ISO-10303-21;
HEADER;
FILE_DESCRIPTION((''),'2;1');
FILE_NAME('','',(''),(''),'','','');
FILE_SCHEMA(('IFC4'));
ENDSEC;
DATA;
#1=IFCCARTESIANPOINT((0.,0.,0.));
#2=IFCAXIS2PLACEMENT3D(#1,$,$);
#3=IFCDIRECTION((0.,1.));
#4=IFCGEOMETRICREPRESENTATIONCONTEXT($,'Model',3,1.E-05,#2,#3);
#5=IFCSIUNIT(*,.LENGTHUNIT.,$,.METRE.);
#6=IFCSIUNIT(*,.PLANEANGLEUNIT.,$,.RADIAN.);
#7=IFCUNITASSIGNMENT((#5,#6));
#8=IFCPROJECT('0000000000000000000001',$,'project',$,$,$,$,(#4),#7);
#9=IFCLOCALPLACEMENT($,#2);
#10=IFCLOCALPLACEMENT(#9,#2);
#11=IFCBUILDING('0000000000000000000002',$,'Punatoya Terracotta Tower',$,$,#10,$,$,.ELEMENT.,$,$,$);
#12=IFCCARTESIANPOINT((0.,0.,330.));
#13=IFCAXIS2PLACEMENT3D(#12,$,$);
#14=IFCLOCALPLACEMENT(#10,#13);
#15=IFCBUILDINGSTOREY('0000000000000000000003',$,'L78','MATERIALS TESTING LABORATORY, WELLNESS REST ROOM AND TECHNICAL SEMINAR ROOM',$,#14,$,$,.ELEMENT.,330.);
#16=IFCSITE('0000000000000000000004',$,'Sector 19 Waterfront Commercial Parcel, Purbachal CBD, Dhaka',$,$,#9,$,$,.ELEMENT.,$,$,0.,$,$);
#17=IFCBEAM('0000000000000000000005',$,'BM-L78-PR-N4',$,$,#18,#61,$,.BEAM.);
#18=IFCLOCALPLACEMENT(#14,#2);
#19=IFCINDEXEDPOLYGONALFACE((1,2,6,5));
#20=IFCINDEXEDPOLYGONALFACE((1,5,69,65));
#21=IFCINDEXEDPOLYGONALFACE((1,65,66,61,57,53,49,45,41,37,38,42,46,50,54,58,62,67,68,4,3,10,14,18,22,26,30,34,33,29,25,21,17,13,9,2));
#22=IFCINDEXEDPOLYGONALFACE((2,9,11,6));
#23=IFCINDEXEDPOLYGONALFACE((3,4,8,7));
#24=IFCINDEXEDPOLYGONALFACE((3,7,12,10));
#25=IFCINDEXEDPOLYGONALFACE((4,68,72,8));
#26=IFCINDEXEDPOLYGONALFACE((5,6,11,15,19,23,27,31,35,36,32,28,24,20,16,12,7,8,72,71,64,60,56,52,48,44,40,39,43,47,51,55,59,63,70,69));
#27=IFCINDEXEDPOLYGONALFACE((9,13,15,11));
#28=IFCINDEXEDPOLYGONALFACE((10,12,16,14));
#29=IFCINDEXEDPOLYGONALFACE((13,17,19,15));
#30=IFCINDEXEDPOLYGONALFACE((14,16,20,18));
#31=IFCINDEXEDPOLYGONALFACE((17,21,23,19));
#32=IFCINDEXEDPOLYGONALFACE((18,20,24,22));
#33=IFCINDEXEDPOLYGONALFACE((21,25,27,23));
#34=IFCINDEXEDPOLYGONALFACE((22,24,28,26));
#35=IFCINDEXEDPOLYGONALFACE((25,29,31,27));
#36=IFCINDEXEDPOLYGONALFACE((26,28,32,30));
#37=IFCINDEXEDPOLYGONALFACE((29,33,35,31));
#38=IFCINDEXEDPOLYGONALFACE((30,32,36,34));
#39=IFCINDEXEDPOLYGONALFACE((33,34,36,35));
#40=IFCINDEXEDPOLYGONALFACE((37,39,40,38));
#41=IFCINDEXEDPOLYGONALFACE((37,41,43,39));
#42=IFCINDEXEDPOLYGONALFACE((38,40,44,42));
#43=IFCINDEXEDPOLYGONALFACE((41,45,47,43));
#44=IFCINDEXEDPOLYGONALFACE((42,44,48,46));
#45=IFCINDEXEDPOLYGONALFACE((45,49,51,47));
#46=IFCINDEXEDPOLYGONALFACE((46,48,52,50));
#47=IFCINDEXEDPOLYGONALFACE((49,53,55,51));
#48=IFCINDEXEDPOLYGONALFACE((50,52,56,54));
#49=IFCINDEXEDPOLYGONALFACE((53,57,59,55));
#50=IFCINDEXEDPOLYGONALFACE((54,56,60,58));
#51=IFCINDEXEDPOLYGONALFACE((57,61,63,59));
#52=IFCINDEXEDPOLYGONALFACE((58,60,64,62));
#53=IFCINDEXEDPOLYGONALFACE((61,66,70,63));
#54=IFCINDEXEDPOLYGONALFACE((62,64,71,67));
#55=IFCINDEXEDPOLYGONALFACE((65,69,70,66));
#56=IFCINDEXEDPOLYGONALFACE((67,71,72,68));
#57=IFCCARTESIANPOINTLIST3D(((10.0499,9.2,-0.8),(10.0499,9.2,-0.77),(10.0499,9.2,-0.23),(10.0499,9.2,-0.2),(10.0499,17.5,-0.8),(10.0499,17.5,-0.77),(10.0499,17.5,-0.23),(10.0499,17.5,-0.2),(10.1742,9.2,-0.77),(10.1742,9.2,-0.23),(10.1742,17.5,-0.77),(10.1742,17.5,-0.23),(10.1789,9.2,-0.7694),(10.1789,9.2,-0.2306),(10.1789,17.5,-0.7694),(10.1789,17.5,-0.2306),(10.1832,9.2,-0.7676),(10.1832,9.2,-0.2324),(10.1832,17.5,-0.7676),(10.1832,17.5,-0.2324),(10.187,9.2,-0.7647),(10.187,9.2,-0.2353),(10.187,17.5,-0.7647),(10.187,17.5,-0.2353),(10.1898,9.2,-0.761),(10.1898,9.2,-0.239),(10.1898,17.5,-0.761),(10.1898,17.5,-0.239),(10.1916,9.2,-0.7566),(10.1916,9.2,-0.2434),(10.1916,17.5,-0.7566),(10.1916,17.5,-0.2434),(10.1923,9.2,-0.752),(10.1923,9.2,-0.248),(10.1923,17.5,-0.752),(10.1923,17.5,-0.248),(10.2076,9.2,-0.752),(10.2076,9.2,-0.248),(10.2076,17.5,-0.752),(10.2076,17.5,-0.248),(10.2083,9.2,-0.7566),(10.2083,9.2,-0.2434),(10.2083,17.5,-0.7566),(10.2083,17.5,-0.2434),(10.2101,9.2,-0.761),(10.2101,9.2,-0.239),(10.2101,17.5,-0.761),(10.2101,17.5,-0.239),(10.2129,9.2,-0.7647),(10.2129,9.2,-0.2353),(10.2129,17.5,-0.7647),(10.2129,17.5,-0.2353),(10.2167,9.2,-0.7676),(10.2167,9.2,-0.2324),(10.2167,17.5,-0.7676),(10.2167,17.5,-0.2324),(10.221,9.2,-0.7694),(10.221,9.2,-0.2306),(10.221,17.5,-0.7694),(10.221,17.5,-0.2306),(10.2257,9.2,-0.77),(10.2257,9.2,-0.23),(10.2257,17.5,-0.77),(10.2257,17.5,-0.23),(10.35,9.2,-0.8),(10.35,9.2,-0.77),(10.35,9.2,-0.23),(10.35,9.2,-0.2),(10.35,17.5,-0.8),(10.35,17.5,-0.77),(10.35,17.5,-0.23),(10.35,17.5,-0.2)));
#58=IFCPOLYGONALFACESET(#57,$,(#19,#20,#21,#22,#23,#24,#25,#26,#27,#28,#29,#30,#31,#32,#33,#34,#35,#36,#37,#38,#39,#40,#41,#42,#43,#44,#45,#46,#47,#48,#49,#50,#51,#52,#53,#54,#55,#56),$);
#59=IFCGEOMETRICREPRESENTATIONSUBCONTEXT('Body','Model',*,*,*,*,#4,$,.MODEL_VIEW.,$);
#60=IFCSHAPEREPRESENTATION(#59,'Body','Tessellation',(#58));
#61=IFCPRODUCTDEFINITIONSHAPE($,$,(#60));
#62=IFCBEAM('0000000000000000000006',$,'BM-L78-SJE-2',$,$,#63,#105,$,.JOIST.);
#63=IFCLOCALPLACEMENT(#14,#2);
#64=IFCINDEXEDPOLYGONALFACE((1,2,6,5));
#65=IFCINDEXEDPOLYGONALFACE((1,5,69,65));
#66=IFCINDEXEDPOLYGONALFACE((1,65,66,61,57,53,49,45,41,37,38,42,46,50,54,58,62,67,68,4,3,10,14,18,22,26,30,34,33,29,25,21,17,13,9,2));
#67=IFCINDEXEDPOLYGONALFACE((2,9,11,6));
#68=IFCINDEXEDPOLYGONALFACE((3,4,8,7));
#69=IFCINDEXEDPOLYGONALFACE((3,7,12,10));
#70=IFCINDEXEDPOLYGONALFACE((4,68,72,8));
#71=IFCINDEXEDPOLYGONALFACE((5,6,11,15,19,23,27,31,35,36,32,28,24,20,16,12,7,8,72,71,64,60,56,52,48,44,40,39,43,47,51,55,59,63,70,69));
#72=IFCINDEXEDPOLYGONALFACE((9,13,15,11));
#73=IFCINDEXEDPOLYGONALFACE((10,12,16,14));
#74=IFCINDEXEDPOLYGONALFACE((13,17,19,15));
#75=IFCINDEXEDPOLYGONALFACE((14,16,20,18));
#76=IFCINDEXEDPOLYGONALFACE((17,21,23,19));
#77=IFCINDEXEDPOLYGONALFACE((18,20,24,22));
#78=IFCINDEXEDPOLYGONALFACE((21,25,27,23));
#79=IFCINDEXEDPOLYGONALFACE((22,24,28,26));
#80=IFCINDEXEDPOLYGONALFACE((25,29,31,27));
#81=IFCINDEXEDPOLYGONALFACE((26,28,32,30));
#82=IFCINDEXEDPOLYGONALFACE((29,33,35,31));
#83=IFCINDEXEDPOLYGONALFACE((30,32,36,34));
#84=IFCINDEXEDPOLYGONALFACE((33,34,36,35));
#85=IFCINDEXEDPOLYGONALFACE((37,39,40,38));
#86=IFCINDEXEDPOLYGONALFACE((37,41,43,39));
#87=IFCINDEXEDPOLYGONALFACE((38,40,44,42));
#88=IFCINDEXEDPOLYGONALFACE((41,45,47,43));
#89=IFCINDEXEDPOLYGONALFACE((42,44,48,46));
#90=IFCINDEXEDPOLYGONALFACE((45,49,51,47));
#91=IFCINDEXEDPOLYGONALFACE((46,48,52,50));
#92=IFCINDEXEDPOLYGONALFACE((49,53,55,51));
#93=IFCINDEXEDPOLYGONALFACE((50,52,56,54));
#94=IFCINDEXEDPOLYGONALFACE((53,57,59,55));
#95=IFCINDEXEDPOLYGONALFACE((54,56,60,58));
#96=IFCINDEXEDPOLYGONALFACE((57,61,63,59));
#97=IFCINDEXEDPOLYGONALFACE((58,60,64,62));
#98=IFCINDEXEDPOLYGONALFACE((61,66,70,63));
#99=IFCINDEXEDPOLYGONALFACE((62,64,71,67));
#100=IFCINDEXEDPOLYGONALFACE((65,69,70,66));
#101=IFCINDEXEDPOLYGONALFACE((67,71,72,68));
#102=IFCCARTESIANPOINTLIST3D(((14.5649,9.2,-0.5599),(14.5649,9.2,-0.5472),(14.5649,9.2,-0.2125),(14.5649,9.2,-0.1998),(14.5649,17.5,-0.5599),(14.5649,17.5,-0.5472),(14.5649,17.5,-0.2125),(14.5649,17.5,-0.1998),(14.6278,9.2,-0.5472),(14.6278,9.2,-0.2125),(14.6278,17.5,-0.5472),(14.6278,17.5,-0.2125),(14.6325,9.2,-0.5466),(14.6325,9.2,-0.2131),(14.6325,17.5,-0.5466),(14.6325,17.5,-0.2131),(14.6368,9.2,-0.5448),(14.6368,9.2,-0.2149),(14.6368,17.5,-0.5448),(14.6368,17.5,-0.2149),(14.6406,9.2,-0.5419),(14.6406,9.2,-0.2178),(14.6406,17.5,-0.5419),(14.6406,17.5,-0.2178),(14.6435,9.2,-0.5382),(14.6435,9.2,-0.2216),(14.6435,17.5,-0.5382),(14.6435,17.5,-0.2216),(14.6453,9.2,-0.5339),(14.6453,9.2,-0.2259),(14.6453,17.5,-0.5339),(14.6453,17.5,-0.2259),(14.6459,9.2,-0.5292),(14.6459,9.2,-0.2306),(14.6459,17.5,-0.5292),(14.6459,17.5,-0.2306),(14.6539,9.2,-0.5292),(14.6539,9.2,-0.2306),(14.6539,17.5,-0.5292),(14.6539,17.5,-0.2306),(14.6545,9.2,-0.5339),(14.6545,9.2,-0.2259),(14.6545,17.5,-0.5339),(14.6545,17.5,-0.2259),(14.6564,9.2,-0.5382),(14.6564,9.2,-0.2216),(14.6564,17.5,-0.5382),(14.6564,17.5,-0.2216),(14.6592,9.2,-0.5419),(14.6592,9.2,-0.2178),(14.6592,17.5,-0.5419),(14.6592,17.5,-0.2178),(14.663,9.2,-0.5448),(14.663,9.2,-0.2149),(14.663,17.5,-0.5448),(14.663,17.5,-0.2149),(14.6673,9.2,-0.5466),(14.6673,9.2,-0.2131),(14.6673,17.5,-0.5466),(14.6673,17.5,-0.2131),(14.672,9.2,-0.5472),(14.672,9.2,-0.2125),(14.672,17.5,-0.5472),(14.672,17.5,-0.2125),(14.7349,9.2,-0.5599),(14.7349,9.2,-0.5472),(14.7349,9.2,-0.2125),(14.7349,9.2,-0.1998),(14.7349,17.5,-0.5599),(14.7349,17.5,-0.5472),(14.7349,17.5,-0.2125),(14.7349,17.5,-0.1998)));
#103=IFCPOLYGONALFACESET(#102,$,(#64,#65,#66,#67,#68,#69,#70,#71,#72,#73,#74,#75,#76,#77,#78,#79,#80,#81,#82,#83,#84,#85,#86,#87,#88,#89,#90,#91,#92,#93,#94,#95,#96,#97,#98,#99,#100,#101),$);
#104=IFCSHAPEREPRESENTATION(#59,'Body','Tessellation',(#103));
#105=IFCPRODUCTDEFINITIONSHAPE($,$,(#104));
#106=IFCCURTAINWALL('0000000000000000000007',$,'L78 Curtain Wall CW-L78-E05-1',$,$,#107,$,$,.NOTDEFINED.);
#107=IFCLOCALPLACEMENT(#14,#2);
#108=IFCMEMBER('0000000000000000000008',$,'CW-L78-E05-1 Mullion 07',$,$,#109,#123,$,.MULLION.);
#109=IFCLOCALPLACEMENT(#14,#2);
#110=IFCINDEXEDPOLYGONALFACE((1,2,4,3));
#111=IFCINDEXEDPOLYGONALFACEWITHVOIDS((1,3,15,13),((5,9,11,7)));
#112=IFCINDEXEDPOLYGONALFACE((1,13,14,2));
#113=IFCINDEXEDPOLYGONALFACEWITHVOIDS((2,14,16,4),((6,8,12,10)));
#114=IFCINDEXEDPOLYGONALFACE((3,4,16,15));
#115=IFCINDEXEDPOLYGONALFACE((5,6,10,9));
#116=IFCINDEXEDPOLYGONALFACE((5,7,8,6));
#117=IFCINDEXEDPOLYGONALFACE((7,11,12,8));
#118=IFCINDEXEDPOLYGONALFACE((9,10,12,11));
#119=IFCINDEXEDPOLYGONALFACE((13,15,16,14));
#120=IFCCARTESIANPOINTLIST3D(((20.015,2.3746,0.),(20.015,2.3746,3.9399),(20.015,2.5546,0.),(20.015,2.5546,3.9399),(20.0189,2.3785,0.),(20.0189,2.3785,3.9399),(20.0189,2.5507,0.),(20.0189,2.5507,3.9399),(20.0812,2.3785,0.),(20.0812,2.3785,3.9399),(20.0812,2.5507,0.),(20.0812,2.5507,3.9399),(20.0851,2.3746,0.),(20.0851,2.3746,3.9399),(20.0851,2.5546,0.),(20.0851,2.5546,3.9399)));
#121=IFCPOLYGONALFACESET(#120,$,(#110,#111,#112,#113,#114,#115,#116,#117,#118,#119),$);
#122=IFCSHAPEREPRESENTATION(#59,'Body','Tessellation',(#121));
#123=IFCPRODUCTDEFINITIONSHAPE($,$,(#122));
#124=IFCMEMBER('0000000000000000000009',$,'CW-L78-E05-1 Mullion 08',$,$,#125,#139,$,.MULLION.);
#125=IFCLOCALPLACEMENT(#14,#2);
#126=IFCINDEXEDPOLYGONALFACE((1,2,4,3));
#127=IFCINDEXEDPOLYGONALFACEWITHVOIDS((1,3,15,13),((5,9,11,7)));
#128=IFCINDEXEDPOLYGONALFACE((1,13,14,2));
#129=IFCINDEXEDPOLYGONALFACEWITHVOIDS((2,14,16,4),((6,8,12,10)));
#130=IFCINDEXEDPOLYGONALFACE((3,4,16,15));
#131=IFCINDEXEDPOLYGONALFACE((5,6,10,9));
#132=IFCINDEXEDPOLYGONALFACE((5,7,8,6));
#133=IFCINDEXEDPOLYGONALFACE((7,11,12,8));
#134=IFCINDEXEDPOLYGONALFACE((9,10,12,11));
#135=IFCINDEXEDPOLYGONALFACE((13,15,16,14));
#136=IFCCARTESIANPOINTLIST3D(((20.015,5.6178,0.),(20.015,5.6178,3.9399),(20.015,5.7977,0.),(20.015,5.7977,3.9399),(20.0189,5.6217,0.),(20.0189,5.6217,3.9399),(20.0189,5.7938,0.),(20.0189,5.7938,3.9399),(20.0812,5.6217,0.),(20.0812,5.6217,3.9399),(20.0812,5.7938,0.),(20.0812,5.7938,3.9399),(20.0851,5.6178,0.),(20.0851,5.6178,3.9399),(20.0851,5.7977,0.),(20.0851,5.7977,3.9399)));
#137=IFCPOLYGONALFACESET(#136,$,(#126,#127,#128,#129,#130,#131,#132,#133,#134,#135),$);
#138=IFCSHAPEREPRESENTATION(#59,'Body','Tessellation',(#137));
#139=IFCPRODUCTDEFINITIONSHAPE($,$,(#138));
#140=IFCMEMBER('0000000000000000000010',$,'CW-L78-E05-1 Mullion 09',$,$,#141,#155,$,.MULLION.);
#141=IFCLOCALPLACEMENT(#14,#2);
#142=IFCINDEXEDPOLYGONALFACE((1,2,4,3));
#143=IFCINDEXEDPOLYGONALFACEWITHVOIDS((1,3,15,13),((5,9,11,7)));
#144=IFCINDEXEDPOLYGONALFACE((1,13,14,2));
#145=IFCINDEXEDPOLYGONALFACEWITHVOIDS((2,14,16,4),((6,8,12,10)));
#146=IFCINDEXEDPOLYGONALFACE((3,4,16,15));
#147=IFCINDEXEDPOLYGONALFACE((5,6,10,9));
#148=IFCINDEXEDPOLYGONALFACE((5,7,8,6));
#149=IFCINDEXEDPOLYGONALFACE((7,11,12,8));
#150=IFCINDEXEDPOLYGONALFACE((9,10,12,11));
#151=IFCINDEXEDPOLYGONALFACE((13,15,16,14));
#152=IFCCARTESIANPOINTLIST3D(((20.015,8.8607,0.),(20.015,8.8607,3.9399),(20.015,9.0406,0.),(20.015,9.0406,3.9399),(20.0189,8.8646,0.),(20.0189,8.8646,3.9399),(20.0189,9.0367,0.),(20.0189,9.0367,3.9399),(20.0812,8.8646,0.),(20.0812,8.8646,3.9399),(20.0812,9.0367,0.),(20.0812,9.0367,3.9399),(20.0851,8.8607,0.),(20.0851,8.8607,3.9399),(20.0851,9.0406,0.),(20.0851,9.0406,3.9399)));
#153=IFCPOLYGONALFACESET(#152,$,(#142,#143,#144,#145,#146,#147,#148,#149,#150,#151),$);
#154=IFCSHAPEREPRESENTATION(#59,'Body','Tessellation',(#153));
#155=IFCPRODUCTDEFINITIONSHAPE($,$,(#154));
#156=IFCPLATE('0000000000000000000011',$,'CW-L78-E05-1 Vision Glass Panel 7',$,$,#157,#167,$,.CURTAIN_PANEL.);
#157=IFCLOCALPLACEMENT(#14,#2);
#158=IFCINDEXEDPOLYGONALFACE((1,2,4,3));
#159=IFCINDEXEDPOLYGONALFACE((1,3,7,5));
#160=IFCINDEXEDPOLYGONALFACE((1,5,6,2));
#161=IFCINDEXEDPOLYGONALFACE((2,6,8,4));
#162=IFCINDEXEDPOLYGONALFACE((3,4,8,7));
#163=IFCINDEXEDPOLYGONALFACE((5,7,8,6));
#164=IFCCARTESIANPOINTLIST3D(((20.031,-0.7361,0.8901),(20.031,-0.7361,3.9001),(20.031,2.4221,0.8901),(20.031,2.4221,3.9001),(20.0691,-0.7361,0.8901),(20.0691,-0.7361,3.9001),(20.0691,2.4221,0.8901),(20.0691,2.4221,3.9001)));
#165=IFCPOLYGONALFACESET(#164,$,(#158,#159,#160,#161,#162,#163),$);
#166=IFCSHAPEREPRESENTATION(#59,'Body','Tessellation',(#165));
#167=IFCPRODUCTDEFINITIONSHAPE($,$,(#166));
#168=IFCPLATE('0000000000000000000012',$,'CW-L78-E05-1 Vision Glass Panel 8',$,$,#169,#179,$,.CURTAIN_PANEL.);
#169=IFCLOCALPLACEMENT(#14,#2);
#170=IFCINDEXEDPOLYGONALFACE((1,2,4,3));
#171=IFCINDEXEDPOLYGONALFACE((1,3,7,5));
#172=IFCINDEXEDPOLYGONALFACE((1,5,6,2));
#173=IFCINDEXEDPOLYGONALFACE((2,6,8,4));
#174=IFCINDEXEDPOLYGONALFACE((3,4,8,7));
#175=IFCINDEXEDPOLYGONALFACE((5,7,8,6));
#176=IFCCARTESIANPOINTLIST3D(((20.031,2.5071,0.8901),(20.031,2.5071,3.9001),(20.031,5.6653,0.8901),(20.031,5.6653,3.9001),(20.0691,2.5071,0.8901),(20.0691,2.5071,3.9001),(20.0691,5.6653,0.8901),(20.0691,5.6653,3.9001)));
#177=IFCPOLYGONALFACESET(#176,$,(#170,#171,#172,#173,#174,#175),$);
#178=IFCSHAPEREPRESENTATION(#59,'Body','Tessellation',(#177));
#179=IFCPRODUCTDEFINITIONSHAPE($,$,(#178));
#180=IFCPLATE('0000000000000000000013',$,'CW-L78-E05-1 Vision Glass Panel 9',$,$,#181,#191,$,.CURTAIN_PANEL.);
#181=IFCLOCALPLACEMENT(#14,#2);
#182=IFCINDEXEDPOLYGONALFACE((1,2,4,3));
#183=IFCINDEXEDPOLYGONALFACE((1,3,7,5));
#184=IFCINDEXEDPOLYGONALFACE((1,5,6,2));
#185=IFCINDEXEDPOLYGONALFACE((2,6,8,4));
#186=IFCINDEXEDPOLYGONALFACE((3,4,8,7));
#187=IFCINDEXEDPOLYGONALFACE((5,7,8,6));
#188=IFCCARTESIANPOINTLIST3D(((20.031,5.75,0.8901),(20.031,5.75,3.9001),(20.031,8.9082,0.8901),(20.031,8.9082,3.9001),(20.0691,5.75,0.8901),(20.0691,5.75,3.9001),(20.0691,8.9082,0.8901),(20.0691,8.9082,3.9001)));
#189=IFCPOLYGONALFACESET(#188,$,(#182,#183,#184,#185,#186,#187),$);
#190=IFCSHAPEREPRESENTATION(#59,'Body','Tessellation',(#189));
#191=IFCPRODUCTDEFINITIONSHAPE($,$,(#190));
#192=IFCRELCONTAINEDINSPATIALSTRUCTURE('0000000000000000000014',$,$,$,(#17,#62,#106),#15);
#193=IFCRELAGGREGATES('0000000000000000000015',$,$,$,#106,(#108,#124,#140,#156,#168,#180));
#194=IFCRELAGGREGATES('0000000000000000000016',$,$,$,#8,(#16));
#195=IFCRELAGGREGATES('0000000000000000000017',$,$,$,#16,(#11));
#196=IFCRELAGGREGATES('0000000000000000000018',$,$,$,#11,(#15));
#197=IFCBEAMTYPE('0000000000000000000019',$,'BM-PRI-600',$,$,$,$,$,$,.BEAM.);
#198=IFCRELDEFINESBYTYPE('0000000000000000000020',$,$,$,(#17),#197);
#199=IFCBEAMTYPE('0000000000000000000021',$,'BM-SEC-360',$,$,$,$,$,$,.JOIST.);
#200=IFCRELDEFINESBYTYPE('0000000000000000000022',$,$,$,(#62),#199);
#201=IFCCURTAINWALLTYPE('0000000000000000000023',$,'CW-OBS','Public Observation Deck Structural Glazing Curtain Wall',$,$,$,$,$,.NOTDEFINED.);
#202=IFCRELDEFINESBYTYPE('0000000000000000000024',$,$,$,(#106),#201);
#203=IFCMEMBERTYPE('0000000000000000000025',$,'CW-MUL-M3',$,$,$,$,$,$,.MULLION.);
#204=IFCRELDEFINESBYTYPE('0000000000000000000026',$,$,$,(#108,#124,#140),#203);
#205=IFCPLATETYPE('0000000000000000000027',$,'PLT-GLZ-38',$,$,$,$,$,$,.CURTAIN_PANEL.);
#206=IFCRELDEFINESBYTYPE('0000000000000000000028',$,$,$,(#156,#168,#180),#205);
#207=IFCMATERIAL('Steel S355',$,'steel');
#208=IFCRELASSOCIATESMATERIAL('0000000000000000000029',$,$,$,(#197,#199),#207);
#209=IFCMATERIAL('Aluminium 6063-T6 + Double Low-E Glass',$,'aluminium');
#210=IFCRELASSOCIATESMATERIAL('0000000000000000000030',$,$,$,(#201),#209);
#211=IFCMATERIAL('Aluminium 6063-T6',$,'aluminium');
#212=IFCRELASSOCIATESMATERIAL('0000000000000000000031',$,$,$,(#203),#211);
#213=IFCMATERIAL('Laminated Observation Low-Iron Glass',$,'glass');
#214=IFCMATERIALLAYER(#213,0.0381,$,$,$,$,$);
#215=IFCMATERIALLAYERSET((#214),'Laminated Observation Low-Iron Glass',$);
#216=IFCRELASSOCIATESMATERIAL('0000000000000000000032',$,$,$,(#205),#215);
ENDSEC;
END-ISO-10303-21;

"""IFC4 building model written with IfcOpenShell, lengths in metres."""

from ifc_helpers import new_model, si_unit, direction, frame, origin, origin_2d, place, context, subcontext, project, spatial, rectangle, hollow_rectangle, i_section, extrude, material, layer, layer_set, material_profile, profile_set, type_object, element, aggregate, save


model = new_model("IFC4")

# Units and contexts
model_context = context("Model", 3, precision=1e-05, world=origin(), true_north=direction((0.0, 1.0)))
body_context = subcontext(model_context, "Body", "Model", "MODEL_VIEW")
ifc_project = project(units=[si_unit("LENGTHUNIT", "METRE"), si_unit("PLANEANGLEUNIT", "RADIAN")], contexts=[model_context])

# Site, building, storey
site_placement = place(None, origin())
site = spatial("IfcSite", under=ifc_project, at=site_placement, Name="Sector 19 Waterfront Commercial Parcel, Purbachal CBD, Dhaka", CompositionType="ELEMENT", RefElevation=0.0)
building_placement = place(site_placement, origin())
building = spatial("IfcBuilding", under=site, at=building_placement, Name="Punatoya Terracotta Tower", CompositionType="ELEMENT")
storey_placement = place(building_placement, frame((0.0, 0.0, 330.0)))
storey = spatial("IfcBuildingStorey", under=building, at=storey_placement, Name="L78", Description="MATERIALS TESTING LABORATORY, WELLNESS REST ROOM AND TECHNICAL SEMINAR ROOM", CompositionType="ELEMENT", Elevation=330.0)

# Beams
ifc_material_1 = material(Name="Steel S355", Category="steel")
ifc_material_profile_1 = material_profile(ifc_material_1, i_section(OverallWidth=0.3, OverallDepth=0.6001, WebThickness=0.0154, FlangeThickness=0.03, FilletRadius=0.0181, at=origin_2d()))
ifc_profile_set_1 = profile_set([ifc_material_profile_1], Name="Steel S355")
beam_type_1 = type_object("IfcBeamType", Name="BM-PRI-600", PredefinedType="BEAM", material=ifc_profile_set_1)
beam_1_placement = place(storey_placement, frame((10.2, 9.2, -0.5), z_axis=(0.0, 1.0, 0.0), x_axis=(-1.0, 0.0, 0.0)))
element("IfcBeam", 1, at=beam_1_placement, inside=storey, type_object=beam_type_1, Name="BM-L78-PR-N4", PredefinedType="BEAM", context=body_context, shape_type="SweptSolid", body=[
    extrude(i_section(OverallWidth=0.3, OverallDepth=0.6001, WebThickness=0.0154, FlangeThickness=0.03, FilletRadius=0.0181, at=origin_2d()), origin(), (0.0, 0.0, 1.0), 8.3),
])
ifc_material_profile_2 = material_profile(ifc_material_1, i_section(OverallWidth=0.1699, OverallDepth=0.3601, WebThickness=0.0081, FlangeThickness=0.0127, FilletRadius=0.0181, at=origin_2d()))
ifc_profile_set_2 = profile_set([ifc_material_profile_2], Name="Steel S355")
beam_type_2 = type_object("IfcBeamType", Name="BM-SEC-360", PredefinedType="JOIST", material=ifc_profile_set_2)
beam_2_placement = place(storey_placement, frame((14.6499, 9.2, -0.3799), z_axis=(0.0, 1.0, 0.0), x_axis=(-1.0, 0.0, 0.0)))
element("IfcBeam", 2, at=beam_2_placement, inside=storey, type_object=beam_type_2, Name="BM-L78-SJE-2", PredefinedType="JOIST", context=body_context, shape_type="SweptSolid", body=[
    extrude(i_section(OverallWidth=0.1699, OverallDepth=0.3601, WebThickness=0.0081, FlangeThickness=0.0127, FilletRadius=0.0181, at=origin_2d()), origin(), (0.0, 0.0, 1.0), 8.3),
])

# Curtain wall, members, plates
ifc_material_2 = material(Name="Aluminium 6063-T6 + Double Low-E Glass", Category="aluminium")
curtain_wall_type = type_object("IfcCurtainWallType", Name="CW-OBS", Description="Public Observation Deck Structural Glazing Curtain Wall", PredefinedType="NOTDEFINED", material=ifc_material_2)
curtain_wall_placement = place(storey_placement, origin())
curtain_wall = element("IfcCurtainWall", 3, at=curtain_wall_placement, inside=storey, type_object=curtain_wall_type, Name="L78 Curtain Wall CW-L78-E05-1", PredefinedType="NOTDEFINED")
ifc_material_3 = material(Name="Aluminium 6063-T6", Category="aluminium")
ifc_material_profile_3 = material_profile(ifc_material_3, hollow_rectangle(XDim=0.0701, YDim=0.1799, WallThickness=0.0039, at=origin_2d()))
ifc_profile_set_3 = profile_set([ifc_material_profile_3], Name="Aluminium 6063-T6")
member_type = type_object("IfcMemberType", Name="CW-MUL-M3", PredefinedType="MULLION", material=ifc_profile_set_3)
member_1_placement = place(storey_placement, frame((20.05, 2.4646, 0.0), z_axis=(0.0, 0.0, 1.0), x_axis=(1.0, 0.0, 0.0)))
member_1 = element("IfcMember", 4, at=member_1_placement, type_object=member_type, Name="CW-L78-E05-1 Mullion 07", PredefinedType="MULLION", context=body_context, shape_type="SweptSolid", body=[
    extrude(hollow_rectangle(XDim=0.0701, YDim=0.1799, WallThickness=0.0039, at=origin_2d()), origin(), (0.0, 0.0, 1.0), 3.9399),
])
member_2_placement = place(storey_placement, frame((20.05, 5.7078, 0.0), z_axis=(0.0, 0.0, 1.0), x_axis=(1.0, 0.0, 0.0)))
member_2 = element("IfcMember", 5, at=member_2_placement, type_object=member_type, Name="CW-L78-E05-1 Mullion 08", PredefinedType="MULLION", context=body_context, shape_type="SweptSolid", body=[
    extrude(hollow_rectangle(XDim=0.0701, YDim=0.1799, WallThickness=0.0039, at=origin_2d()), origin(), (0.0, 0.0, 1.0), 3.9399),
])
member_3_placement = place(storey_placement, frame((20.05, 8.9507, 0.0), z_axis=(0.0, 0.0, 1.0), x_axis=(1.0, 0.0, 0.0)))
member_3 = element("IfcMember", 6, at=member_3_placement, type_object=member_type, Name="CW-L78-E05-1 Mullion 09", PredefinedType="MULLION", context=body_context, shape_type="SweptSolid", body=[
    extrude(hollow_rectangle(XDim=0.0701, YDim=0.1799, WallThickness=0.0039, at=origin_2d()), origin(), (0.0, 0.0, 1.0), 3.9399),
])
ifc_material_4 = material(Name="Laminated Observation Low-Iron Glass", Category="glass")
ifc_layer_1 = layer(ifc_material_4, 0.0381)
ifc_layer_set_1 = layer_set([ifc_layer_1], Name="Laminated Observation Low-Iron Glass")
plate_type_1 = type_object("IfcPlateType", Name="PLT-GLZ-38", PredefinedType="CURTAIN_PANEL", material=ifc_layer_set_1)
plate_1_placement = place(storey_placement, frame((20.05, 0.843, 0.8901), z_axis=(0.0, 0.0, 1.0), x_axis=(0.0, 1.0, 0.0)))
plate_1 = element("IfcPlate", 7, at=plate_1_placement, type_object=plate_type_1, Name="CW-L78-E05-1 Vision Glass Panel 7", PredefinedType="CURTAIN_PANEL", context=body_context, shape_type="SweptSolid", body=[
    extrude(rectangle(XDim=3.1582, YDim=0.0381, at=origin_2d()), origin(), (0.0, 0.0, 1.0), 3.01),
])
plate_2_placement = place(storey_placement, frame((20.05, 4.0862, 0.8901), z_axis=(0.0, 0.0, 1.0), x_axis=(0.0, 1.0, 0.0)))
plate_2 = element("IfcPlate", 8, at=plate_2_placement, type_object=plate_type_1, Name="CW-L78-E05-1 Vision Glass Panel 8", PredefinedType="CURTAIN_PANEL", context=body_context, shape_type="SweptSolid", body=[
    extrude(rectangle(XDim=3.1582, YDim=0.0381, at=origin_2d()), origin(), (0.0, 0.0, 1.0), 3.01),
])
plate_3_placement = place(storey_placement, frame((20.05, 7.3291, 0.8901), z_axis=(0.0, 0.0, 1.0), x_axis=(0.0, 1.0, 0.0)))
plate_3 = element("IfcPlate", 9, at=plate_3_placement, type_object=plate_type_1, Name="CW-L78-E05-1 Vision Glass Panel 9", PredefinedType="CURTAIN_PANEL", context=body_context, shape_type="SweptSolid", body=[
    extrude(rectangle(XDim=3.1582, YDim=0.0381, at=origin_2d()), origin(), (0.0, 0.0, 1.0), 3.01),
])
aggregate(curtain_wall, [member_1, member_2, member_3, plate_1, plate_2, plate_3])

save(model, "model.ifc")
